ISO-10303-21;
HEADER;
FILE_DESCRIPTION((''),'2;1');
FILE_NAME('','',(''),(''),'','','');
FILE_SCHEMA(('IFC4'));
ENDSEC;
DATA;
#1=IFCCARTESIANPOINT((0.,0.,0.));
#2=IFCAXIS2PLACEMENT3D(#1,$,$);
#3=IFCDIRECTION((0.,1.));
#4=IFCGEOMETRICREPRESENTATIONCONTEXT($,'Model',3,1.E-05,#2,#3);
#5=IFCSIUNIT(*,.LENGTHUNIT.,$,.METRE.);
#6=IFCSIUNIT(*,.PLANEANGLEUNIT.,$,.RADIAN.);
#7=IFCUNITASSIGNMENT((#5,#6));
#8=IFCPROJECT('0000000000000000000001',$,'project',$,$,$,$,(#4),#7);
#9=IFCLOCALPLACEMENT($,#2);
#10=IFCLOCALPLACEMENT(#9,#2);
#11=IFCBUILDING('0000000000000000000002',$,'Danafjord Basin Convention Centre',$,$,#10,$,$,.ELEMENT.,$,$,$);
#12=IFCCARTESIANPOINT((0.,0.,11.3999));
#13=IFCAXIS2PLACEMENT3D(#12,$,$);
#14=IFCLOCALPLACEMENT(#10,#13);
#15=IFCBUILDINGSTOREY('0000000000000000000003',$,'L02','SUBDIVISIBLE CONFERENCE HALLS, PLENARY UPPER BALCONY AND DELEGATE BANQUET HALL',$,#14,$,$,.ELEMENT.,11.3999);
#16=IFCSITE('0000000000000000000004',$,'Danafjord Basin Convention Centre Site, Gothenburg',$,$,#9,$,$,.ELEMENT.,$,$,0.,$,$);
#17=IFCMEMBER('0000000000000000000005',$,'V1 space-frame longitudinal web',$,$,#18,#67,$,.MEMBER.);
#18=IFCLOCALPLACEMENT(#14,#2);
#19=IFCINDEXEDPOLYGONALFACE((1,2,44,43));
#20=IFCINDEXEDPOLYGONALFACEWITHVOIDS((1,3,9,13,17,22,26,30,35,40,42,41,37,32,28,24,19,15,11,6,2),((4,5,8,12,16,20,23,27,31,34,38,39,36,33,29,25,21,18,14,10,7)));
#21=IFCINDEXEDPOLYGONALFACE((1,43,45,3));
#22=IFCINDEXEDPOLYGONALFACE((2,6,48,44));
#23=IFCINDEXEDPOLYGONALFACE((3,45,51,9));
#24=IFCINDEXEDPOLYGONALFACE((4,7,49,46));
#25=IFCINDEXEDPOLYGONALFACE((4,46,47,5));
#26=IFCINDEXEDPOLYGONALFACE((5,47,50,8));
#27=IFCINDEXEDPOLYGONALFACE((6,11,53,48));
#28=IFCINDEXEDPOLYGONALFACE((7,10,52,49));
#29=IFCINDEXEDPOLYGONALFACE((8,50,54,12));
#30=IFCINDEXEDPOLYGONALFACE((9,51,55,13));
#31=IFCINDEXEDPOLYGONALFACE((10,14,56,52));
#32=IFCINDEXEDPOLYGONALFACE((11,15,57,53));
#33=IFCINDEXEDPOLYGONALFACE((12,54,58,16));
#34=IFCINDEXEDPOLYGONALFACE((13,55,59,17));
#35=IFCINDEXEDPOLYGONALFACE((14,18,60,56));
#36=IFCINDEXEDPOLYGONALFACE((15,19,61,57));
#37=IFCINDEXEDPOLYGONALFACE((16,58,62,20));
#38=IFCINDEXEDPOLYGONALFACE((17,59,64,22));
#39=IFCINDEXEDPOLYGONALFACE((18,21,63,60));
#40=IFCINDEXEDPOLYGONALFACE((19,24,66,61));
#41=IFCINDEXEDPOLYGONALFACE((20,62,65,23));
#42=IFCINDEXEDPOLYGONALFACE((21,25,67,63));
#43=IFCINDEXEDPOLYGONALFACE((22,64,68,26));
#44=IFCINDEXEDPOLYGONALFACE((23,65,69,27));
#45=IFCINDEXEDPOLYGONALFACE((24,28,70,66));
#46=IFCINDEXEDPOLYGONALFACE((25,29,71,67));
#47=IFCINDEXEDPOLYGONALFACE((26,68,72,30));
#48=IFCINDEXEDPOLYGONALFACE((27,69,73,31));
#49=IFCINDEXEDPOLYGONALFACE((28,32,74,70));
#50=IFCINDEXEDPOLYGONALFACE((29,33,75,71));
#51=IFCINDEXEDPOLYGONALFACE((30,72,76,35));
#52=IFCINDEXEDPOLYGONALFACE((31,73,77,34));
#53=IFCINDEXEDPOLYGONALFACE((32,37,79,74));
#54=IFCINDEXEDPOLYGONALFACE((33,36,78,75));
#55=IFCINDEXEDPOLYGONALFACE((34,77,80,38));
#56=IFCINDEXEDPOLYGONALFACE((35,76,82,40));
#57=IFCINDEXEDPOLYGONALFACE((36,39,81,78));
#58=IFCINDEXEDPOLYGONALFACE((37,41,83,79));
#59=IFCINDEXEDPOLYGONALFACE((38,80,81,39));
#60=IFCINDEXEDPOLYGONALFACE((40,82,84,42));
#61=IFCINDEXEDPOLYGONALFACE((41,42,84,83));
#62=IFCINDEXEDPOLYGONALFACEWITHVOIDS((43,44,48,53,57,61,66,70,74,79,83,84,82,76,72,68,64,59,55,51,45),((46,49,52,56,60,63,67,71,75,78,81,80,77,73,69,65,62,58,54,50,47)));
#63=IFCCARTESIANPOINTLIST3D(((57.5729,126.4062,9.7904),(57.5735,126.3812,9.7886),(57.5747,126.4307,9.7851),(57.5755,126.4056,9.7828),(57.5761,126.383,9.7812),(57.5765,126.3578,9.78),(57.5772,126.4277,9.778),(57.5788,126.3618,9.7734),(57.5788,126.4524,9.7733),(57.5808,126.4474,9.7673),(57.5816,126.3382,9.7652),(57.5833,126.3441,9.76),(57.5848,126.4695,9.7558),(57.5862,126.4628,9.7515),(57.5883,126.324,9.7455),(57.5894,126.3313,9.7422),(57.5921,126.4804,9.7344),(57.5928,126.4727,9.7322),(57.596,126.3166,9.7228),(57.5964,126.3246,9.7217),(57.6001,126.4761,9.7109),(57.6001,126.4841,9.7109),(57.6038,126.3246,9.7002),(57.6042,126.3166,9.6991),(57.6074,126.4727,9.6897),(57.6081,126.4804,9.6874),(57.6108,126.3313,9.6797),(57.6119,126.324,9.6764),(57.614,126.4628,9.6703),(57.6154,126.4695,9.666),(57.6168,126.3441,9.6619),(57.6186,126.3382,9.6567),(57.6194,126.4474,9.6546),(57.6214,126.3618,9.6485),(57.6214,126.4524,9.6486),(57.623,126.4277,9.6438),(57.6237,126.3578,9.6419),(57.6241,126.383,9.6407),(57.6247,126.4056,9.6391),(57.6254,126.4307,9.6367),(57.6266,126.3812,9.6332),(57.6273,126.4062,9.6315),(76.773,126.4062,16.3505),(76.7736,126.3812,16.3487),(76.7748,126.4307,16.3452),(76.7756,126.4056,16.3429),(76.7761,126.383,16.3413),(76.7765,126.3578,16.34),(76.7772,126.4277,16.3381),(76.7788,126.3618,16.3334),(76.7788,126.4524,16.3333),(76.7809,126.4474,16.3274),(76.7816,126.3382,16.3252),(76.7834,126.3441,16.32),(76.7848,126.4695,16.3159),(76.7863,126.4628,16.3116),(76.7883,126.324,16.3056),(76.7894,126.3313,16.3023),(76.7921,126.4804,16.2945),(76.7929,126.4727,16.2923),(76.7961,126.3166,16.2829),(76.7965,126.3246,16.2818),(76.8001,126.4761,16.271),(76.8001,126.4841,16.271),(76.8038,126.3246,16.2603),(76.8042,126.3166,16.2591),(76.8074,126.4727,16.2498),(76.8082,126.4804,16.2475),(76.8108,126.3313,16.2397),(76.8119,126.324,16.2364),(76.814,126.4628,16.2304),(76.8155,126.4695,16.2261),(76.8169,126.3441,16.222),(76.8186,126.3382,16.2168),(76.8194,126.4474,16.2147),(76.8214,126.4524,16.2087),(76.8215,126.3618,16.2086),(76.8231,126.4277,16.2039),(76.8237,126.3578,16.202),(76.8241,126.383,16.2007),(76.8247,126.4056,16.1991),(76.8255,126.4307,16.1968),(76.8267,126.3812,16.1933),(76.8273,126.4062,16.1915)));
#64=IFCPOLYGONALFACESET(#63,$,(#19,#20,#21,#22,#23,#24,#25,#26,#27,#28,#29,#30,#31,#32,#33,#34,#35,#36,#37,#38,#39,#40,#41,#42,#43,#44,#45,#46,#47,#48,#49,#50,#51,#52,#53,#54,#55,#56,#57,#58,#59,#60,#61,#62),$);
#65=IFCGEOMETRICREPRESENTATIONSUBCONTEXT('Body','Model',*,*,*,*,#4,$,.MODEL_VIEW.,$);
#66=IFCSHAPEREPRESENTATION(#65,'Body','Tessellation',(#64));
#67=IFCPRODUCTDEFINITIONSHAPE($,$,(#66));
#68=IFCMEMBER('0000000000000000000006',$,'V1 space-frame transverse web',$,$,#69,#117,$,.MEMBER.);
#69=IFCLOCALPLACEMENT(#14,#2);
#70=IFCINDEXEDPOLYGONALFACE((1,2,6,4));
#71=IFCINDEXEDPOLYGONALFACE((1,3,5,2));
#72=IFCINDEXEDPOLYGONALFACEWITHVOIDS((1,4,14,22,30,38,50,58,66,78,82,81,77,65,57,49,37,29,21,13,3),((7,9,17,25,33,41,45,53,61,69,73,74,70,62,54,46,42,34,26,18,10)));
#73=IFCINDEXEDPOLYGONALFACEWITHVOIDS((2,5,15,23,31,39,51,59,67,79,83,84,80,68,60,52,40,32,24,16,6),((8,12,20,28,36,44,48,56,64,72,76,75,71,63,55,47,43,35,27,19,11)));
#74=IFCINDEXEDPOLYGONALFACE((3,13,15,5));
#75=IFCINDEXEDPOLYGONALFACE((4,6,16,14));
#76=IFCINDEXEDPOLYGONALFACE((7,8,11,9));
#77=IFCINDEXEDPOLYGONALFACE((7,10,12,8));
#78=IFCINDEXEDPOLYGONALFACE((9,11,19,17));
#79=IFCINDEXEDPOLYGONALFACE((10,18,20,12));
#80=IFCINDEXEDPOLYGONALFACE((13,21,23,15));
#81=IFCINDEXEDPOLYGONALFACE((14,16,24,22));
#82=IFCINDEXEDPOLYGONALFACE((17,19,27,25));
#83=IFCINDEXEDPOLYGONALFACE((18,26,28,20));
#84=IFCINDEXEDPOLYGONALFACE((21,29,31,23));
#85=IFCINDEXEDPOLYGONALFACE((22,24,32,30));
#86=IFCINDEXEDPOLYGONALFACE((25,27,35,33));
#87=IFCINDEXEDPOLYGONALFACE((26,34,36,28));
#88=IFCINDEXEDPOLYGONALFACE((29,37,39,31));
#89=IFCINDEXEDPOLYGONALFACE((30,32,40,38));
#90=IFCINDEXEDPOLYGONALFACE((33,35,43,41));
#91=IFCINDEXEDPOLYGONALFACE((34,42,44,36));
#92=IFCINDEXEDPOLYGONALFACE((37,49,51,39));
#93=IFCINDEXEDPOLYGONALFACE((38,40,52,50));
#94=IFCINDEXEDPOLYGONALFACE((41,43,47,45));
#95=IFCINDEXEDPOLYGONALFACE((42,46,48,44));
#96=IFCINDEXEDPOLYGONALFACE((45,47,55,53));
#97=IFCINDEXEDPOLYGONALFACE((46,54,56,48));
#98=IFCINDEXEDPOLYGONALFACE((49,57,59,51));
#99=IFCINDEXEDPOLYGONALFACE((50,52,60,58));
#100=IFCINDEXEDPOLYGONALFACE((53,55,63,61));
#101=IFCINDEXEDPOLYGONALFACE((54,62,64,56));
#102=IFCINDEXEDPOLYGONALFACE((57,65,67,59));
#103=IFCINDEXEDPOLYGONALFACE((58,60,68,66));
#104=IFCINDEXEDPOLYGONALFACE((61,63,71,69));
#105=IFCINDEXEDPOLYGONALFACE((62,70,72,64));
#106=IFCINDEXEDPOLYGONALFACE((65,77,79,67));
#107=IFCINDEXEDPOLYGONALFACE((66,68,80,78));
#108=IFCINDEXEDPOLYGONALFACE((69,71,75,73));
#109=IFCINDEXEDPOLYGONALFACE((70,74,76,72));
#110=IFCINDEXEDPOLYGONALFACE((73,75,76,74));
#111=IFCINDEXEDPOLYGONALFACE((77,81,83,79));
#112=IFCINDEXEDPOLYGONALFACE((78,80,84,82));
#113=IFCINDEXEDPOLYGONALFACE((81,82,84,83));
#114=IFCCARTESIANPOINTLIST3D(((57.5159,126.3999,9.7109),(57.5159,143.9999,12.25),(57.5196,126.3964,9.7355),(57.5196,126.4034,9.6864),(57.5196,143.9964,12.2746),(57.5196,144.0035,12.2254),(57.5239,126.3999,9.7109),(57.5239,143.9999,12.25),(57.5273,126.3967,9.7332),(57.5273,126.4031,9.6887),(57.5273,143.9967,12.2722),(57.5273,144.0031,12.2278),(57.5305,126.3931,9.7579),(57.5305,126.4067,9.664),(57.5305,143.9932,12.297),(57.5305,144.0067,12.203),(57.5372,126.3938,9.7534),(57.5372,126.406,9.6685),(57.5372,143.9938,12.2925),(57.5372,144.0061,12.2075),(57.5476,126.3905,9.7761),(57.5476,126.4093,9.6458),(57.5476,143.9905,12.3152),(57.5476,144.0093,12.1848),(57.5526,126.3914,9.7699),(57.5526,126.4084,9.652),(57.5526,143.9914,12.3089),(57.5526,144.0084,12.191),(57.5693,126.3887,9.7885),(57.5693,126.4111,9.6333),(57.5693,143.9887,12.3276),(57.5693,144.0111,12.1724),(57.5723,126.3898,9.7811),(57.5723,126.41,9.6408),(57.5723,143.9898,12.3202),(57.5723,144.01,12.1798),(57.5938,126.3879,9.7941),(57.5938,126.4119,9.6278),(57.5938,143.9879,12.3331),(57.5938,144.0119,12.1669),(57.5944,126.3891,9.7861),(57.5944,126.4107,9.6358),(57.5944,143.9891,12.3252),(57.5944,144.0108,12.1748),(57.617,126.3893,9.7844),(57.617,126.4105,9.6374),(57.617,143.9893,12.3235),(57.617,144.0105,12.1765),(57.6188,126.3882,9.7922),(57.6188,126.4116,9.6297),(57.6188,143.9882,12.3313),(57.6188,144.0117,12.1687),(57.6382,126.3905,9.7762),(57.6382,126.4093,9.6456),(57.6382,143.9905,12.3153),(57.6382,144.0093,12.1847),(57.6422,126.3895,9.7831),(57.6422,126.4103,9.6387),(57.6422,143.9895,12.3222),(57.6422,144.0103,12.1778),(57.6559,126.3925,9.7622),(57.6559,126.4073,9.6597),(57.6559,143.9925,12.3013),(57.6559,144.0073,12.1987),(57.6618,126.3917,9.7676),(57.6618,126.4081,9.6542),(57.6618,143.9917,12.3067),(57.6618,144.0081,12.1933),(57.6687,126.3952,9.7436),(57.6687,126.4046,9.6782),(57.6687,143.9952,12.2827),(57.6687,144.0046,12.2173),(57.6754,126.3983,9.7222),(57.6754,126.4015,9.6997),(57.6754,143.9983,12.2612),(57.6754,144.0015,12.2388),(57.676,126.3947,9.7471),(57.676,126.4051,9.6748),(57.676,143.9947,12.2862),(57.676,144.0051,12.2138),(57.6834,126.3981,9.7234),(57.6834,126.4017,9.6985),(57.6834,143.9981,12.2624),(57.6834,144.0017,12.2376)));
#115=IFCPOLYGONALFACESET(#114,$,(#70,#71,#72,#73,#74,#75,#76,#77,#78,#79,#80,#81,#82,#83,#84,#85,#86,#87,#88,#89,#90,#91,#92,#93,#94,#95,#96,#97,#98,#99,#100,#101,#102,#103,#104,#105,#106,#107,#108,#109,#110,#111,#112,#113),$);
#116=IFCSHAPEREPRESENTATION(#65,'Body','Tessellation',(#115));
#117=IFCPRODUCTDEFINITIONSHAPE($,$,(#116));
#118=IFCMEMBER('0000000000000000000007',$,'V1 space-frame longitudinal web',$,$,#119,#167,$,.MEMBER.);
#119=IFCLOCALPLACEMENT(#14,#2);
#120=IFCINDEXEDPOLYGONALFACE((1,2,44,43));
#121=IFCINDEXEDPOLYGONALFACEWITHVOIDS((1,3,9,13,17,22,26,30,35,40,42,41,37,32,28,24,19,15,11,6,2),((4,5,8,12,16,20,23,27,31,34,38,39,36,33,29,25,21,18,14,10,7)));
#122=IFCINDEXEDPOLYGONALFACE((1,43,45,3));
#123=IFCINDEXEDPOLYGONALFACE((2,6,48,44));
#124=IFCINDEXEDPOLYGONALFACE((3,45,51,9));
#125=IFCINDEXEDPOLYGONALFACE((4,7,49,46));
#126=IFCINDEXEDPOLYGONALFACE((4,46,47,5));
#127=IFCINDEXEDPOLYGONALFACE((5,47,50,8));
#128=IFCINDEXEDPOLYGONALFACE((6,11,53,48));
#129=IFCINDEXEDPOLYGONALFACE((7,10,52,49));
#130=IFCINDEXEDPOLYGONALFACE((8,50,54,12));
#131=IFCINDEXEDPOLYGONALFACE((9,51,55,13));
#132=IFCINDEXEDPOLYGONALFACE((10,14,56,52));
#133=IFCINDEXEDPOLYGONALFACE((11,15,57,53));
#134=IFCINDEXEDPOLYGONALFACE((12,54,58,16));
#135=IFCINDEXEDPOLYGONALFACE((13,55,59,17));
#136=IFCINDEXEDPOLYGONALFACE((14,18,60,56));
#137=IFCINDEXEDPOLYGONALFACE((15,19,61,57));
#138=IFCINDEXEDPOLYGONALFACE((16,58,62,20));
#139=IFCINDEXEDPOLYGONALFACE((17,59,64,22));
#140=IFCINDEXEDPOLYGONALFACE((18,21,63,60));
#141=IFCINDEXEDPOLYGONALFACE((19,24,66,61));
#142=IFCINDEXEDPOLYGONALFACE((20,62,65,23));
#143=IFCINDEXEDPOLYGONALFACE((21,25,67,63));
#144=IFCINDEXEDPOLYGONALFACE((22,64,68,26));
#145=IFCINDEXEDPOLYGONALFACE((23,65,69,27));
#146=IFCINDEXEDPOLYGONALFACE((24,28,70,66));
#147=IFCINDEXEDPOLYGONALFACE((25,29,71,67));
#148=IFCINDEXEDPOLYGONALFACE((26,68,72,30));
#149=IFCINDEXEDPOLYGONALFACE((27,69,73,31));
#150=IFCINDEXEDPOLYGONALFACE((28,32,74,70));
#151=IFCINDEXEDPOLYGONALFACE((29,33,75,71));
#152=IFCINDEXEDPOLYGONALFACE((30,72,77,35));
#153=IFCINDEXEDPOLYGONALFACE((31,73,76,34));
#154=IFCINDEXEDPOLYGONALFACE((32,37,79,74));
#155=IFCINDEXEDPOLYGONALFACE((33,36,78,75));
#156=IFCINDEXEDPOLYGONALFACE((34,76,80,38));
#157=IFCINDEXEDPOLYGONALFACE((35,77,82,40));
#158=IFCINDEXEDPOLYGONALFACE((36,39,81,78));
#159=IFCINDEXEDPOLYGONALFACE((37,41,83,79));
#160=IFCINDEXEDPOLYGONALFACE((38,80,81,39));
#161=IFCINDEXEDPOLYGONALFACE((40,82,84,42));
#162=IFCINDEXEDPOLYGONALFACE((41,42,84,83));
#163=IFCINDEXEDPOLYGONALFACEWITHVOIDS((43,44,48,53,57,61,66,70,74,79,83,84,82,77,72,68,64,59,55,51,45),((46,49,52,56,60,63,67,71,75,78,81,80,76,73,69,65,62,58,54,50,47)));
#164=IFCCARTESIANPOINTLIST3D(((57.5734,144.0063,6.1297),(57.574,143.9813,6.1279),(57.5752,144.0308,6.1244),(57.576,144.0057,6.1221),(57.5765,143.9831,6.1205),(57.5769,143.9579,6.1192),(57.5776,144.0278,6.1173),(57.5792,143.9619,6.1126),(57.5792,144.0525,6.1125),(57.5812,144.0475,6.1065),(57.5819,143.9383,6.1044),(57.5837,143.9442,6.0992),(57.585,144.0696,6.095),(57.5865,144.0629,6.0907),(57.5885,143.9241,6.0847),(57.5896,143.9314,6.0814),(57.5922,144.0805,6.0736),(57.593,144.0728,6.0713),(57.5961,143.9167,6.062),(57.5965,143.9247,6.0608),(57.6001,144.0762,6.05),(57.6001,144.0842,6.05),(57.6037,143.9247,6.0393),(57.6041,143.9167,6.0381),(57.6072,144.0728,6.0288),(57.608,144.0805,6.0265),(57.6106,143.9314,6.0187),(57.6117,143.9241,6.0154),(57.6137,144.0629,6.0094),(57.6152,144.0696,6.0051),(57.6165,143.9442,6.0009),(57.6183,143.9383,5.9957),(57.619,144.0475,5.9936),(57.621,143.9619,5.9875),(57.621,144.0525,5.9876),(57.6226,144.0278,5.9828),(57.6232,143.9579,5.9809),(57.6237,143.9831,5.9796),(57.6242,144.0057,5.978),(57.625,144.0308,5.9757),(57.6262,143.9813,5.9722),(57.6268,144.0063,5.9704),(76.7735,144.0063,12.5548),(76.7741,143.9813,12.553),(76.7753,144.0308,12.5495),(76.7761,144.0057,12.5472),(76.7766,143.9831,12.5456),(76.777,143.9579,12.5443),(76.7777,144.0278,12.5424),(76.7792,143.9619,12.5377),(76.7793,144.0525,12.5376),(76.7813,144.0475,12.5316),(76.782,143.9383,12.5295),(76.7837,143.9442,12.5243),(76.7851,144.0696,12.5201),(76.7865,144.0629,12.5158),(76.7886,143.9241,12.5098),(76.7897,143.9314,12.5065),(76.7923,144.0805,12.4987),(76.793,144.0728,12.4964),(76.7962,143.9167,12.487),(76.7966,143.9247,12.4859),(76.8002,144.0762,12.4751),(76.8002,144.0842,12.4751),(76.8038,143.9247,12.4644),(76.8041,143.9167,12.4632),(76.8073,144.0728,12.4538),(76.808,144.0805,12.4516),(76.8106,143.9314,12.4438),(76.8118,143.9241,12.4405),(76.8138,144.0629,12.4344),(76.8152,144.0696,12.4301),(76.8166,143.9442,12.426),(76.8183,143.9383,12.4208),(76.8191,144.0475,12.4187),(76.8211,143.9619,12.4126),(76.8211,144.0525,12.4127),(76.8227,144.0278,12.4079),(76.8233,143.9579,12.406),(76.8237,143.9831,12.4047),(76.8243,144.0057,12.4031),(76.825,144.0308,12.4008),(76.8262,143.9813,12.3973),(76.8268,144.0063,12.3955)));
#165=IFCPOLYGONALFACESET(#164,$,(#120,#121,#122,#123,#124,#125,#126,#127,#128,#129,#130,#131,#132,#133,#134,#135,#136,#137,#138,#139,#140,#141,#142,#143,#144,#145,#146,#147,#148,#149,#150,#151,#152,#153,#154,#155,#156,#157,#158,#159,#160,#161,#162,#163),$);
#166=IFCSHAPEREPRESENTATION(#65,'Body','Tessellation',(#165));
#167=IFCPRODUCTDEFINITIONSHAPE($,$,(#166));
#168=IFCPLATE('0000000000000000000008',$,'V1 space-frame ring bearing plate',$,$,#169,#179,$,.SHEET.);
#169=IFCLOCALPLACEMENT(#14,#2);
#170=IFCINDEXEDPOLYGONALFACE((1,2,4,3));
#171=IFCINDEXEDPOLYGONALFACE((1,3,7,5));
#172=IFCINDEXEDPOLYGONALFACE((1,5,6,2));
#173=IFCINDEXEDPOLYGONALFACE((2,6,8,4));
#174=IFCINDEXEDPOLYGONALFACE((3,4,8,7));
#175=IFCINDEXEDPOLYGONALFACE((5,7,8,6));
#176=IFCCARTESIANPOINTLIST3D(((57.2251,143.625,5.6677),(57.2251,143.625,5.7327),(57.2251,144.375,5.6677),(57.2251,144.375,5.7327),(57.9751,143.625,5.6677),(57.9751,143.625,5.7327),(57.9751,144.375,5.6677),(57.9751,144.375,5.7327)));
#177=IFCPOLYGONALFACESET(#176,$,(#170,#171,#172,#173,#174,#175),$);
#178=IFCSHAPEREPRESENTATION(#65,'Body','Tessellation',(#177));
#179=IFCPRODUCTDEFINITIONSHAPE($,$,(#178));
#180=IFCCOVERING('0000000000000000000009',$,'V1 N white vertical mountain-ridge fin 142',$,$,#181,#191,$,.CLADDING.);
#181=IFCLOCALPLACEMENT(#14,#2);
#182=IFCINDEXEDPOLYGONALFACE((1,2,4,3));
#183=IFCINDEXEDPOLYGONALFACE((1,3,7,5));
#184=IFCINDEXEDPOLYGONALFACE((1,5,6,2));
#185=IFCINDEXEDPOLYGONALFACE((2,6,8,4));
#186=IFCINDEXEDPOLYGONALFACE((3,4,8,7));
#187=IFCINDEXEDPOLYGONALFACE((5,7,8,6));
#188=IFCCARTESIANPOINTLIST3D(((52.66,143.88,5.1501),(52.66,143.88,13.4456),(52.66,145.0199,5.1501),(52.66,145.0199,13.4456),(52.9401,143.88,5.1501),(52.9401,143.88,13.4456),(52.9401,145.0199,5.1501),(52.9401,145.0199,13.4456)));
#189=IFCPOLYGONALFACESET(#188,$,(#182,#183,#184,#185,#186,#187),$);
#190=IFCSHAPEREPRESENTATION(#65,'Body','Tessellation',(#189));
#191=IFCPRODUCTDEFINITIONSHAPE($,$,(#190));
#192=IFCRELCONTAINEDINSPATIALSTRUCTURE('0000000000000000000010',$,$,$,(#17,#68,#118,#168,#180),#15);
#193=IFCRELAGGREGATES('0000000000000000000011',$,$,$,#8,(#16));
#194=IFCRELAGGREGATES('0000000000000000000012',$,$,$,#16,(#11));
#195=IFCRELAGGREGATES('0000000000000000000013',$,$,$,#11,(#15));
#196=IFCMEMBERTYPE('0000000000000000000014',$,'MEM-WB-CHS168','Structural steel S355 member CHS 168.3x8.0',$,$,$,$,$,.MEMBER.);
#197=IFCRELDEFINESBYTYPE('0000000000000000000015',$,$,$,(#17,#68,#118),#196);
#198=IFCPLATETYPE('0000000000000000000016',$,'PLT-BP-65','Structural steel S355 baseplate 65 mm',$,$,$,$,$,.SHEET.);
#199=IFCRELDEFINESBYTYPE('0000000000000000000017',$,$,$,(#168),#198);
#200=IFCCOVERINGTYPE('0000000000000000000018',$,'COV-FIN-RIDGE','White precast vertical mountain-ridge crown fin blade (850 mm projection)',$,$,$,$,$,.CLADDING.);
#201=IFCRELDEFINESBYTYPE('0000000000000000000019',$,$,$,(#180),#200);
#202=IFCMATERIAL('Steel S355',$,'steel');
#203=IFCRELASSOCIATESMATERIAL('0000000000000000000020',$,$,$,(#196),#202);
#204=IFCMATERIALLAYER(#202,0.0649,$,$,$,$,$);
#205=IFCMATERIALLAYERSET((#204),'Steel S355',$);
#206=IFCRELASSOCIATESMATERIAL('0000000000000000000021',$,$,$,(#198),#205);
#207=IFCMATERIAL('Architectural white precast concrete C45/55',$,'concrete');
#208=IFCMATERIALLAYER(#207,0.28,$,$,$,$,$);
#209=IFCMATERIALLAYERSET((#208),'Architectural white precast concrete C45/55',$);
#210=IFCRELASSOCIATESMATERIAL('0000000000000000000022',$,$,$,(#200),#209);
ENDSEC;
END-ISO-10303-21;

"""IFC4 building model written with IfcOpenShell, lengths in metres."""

from ifc_helpers import new_model, si_unit, direction, frame, origin, origin_2d, place, context, subcontext, project, spatial, rectangle, hollow_circle, extrude, material, layer, layer_set, material_profile, profile_set, type_object, element, save


model = new_model("IFC4")

# Units and contexts
model_context = context("Model", 3, precision=1e-05, world=origin(), true_north=direction((0.0, 1.0)))
body_context = subcontext(model_context, "Body", "Model", "MODEL_VIEW")
ifc_project = project(units=[si_unit("LENGTHUNIT", "METRE"), si_unit("PLANEANGLEUNIT", "RADIAN")], contexts=[model_context])

# Site, building, storey
site_placement = place(None, origin())
site = spatial("IfcSite", under=ifc_project, at=site_placement, Name="Danafjord Basin Convention Centre Site, Gothenburg", CompositionType="ELEMENT", RefElevation=0.0)
building_placement = place(site_placement, origin())
building = spatial("IfcBuilding", under=site, at=building_placement, Name="Danafjord Basin Convention Centre", CompositionType="ELEMENT")
storey_placement = place(building_placement, frame((0.0, 0.0, 11.3999)))
storey = spatial("IfcBuildingStorey", under=building, at=storey_placement, Name="L02", Description="SUBDIVISIBLE CONFERENCE HALLS, PLENARY UPPER BALCONY AND DELEGATE BANQUET HALL", CompositionType="ELEMENT", Elevation=11.3999)

# Shared definitions
ifc_material_1 = material(Name="Steel S355", Category="steel")

# Members
ifc_material_profile_1 = material_profile(ifc_material_1, hollow_circle(Radius=0.0842, WallThickness=0.0081, at=origin_2d()), Name="CHS 168.3x8.0")
ifc_profile_set_1 = profile_set([ifc_material_profile_1], Name="Steel S355")
member_type_1 = type_object("IfcMemberType", Name="MEM-WB-CHS168", Description="Structural steel S355 member CHS 168.3x8.0", PredefinedType="MEMBER", material=ifc_profile_set_1)
member_1_placement = place(storey_placement, frame((57.6001, 126.3999, 9.7109), z_axis=(0.94629, 0.0, 0.323319), x_axis=(0.0, 1.0, 0.0)))
element("IfcMember", 1, at=member_1_placement, inside=storey, type_object=member_type_1, Name="V1 space-frame longitudinal web", PredefinedType="MEMBER", context=body_context, shape_type="SweptSolid", body=[
    extrude(hollow_circle(Radius=0.0842, WallThickness=0.0081, at=origin_2d()), origin(), (0.0, 0.0, 1.0), 20.2898),
])
member_2_placement = place(storey_placement, frame((57.6001, 126.3999, 9.7109), z_axis=(0.0, 0.989754, 0.142786), x_axis=(-1.0, 0.0, 0.0)))
element("IfcMember", 2, at=member_2_placement, inside=storey, type_object=member_type_1, Name="V1 space-frame transverse web", PredefinedType="MEMBER", context=body_context, shape_type="SweptSolid", body=[
    extrude(hollow_circle(Radius=0.0842, WallThickness=0.0081, at=origin_2d()), origin(), (0.0, 0.0, 1.0), 17.7822),
])
member_3_placement = place(storey_placement, frame((57.6001, 144.0, 6.05), z_axis=(0.948311, 0.0, 0.317342), x_axis=(0.0, 1.0, 0.0)))
element("IfcMember", 3, at=member_3_placement, inside=storey, type_object=member_type_1, Name="V1 space-frame longitudinal web", PredefinedType="MEMBER", context=body_context, shape_type="SweptSolid", body=[
    extrude(hollow_circle(Radius=0.0842, WallThickness=0.0081, at=origin_2d()), origin(), (0.0, 0.0, 1.0), 20.2466),
])

# Plate
ifc_layer_1 = layer(ifc_material_1, 0.0649)
ifc_layer_set_1 = layer_set([ifc_layer_1], Name="Steel S355")
plate_type = type_object("IfcPlateType", Name="PLT-BP-65", Description="Structural steel S355 baseplate 65 mm", PredefinedType="SHEET", material=ifc_layer_set_1)
plate_placement = place(storey_placement, frame((57.6001, 144.0, 5.6677), z_axis=(0.0, 0.0, 1.0), x_axis=(1.0, 0.0, 0.0)))
element("IfcPlate", 4, at=plate_placement, inside=storey, type_object=plate_type, Name="V1 space-frame ring bearing plate", PredefinedType="SHEET", context=body_context, shape_type="SweptSolid", body=[
    extrude(rectangle(XDim=0.75, YDim=0.75, at=origin_2d()), origin(), (0.0, 0.0, 1.0), 0.0649),
])

# Covering
ifc_material_2 = material(Name="Architectural white precast concrete C45/55", Category="concrete")
ifc_layer_2 = layer(ifc_material_2, 0.28)
ifc_layer_set_2 = layer_set([ifc_layer_2], Name="Architectural white precast concrete C45/55")
covering_type = type_object("IfcCoveringType", Name="COV-FIN-RIDGE", Description="White precast vertical mountain-ridge crown fin blade (850 mm projection)", PredefinedType="CLADDING", material=ifc_layer_set_2)
covering_1_placement = place(storey_placement, frame((52.8, 144.45, 5.1501), z_axis=(0.0, 0.0, 1.0), x_axis=(0.0, 1.0, 0.0)))
element("IfcCovering", 5, at=covering_1_placement, inside=storey, type_object=covering_type, Name="V1 N white vertical mountain-ridge fin 142", PredefinedType="CLADDING", context=body_context, shape_type="SweptSolid", body=[
    extrude(rectangle(XDim=1.1399, YDim=0.28, at=origin_2d()), origin(), (0.0, 0.0, 1.0), 8.2954),
])

save(model, "model.ifc")
